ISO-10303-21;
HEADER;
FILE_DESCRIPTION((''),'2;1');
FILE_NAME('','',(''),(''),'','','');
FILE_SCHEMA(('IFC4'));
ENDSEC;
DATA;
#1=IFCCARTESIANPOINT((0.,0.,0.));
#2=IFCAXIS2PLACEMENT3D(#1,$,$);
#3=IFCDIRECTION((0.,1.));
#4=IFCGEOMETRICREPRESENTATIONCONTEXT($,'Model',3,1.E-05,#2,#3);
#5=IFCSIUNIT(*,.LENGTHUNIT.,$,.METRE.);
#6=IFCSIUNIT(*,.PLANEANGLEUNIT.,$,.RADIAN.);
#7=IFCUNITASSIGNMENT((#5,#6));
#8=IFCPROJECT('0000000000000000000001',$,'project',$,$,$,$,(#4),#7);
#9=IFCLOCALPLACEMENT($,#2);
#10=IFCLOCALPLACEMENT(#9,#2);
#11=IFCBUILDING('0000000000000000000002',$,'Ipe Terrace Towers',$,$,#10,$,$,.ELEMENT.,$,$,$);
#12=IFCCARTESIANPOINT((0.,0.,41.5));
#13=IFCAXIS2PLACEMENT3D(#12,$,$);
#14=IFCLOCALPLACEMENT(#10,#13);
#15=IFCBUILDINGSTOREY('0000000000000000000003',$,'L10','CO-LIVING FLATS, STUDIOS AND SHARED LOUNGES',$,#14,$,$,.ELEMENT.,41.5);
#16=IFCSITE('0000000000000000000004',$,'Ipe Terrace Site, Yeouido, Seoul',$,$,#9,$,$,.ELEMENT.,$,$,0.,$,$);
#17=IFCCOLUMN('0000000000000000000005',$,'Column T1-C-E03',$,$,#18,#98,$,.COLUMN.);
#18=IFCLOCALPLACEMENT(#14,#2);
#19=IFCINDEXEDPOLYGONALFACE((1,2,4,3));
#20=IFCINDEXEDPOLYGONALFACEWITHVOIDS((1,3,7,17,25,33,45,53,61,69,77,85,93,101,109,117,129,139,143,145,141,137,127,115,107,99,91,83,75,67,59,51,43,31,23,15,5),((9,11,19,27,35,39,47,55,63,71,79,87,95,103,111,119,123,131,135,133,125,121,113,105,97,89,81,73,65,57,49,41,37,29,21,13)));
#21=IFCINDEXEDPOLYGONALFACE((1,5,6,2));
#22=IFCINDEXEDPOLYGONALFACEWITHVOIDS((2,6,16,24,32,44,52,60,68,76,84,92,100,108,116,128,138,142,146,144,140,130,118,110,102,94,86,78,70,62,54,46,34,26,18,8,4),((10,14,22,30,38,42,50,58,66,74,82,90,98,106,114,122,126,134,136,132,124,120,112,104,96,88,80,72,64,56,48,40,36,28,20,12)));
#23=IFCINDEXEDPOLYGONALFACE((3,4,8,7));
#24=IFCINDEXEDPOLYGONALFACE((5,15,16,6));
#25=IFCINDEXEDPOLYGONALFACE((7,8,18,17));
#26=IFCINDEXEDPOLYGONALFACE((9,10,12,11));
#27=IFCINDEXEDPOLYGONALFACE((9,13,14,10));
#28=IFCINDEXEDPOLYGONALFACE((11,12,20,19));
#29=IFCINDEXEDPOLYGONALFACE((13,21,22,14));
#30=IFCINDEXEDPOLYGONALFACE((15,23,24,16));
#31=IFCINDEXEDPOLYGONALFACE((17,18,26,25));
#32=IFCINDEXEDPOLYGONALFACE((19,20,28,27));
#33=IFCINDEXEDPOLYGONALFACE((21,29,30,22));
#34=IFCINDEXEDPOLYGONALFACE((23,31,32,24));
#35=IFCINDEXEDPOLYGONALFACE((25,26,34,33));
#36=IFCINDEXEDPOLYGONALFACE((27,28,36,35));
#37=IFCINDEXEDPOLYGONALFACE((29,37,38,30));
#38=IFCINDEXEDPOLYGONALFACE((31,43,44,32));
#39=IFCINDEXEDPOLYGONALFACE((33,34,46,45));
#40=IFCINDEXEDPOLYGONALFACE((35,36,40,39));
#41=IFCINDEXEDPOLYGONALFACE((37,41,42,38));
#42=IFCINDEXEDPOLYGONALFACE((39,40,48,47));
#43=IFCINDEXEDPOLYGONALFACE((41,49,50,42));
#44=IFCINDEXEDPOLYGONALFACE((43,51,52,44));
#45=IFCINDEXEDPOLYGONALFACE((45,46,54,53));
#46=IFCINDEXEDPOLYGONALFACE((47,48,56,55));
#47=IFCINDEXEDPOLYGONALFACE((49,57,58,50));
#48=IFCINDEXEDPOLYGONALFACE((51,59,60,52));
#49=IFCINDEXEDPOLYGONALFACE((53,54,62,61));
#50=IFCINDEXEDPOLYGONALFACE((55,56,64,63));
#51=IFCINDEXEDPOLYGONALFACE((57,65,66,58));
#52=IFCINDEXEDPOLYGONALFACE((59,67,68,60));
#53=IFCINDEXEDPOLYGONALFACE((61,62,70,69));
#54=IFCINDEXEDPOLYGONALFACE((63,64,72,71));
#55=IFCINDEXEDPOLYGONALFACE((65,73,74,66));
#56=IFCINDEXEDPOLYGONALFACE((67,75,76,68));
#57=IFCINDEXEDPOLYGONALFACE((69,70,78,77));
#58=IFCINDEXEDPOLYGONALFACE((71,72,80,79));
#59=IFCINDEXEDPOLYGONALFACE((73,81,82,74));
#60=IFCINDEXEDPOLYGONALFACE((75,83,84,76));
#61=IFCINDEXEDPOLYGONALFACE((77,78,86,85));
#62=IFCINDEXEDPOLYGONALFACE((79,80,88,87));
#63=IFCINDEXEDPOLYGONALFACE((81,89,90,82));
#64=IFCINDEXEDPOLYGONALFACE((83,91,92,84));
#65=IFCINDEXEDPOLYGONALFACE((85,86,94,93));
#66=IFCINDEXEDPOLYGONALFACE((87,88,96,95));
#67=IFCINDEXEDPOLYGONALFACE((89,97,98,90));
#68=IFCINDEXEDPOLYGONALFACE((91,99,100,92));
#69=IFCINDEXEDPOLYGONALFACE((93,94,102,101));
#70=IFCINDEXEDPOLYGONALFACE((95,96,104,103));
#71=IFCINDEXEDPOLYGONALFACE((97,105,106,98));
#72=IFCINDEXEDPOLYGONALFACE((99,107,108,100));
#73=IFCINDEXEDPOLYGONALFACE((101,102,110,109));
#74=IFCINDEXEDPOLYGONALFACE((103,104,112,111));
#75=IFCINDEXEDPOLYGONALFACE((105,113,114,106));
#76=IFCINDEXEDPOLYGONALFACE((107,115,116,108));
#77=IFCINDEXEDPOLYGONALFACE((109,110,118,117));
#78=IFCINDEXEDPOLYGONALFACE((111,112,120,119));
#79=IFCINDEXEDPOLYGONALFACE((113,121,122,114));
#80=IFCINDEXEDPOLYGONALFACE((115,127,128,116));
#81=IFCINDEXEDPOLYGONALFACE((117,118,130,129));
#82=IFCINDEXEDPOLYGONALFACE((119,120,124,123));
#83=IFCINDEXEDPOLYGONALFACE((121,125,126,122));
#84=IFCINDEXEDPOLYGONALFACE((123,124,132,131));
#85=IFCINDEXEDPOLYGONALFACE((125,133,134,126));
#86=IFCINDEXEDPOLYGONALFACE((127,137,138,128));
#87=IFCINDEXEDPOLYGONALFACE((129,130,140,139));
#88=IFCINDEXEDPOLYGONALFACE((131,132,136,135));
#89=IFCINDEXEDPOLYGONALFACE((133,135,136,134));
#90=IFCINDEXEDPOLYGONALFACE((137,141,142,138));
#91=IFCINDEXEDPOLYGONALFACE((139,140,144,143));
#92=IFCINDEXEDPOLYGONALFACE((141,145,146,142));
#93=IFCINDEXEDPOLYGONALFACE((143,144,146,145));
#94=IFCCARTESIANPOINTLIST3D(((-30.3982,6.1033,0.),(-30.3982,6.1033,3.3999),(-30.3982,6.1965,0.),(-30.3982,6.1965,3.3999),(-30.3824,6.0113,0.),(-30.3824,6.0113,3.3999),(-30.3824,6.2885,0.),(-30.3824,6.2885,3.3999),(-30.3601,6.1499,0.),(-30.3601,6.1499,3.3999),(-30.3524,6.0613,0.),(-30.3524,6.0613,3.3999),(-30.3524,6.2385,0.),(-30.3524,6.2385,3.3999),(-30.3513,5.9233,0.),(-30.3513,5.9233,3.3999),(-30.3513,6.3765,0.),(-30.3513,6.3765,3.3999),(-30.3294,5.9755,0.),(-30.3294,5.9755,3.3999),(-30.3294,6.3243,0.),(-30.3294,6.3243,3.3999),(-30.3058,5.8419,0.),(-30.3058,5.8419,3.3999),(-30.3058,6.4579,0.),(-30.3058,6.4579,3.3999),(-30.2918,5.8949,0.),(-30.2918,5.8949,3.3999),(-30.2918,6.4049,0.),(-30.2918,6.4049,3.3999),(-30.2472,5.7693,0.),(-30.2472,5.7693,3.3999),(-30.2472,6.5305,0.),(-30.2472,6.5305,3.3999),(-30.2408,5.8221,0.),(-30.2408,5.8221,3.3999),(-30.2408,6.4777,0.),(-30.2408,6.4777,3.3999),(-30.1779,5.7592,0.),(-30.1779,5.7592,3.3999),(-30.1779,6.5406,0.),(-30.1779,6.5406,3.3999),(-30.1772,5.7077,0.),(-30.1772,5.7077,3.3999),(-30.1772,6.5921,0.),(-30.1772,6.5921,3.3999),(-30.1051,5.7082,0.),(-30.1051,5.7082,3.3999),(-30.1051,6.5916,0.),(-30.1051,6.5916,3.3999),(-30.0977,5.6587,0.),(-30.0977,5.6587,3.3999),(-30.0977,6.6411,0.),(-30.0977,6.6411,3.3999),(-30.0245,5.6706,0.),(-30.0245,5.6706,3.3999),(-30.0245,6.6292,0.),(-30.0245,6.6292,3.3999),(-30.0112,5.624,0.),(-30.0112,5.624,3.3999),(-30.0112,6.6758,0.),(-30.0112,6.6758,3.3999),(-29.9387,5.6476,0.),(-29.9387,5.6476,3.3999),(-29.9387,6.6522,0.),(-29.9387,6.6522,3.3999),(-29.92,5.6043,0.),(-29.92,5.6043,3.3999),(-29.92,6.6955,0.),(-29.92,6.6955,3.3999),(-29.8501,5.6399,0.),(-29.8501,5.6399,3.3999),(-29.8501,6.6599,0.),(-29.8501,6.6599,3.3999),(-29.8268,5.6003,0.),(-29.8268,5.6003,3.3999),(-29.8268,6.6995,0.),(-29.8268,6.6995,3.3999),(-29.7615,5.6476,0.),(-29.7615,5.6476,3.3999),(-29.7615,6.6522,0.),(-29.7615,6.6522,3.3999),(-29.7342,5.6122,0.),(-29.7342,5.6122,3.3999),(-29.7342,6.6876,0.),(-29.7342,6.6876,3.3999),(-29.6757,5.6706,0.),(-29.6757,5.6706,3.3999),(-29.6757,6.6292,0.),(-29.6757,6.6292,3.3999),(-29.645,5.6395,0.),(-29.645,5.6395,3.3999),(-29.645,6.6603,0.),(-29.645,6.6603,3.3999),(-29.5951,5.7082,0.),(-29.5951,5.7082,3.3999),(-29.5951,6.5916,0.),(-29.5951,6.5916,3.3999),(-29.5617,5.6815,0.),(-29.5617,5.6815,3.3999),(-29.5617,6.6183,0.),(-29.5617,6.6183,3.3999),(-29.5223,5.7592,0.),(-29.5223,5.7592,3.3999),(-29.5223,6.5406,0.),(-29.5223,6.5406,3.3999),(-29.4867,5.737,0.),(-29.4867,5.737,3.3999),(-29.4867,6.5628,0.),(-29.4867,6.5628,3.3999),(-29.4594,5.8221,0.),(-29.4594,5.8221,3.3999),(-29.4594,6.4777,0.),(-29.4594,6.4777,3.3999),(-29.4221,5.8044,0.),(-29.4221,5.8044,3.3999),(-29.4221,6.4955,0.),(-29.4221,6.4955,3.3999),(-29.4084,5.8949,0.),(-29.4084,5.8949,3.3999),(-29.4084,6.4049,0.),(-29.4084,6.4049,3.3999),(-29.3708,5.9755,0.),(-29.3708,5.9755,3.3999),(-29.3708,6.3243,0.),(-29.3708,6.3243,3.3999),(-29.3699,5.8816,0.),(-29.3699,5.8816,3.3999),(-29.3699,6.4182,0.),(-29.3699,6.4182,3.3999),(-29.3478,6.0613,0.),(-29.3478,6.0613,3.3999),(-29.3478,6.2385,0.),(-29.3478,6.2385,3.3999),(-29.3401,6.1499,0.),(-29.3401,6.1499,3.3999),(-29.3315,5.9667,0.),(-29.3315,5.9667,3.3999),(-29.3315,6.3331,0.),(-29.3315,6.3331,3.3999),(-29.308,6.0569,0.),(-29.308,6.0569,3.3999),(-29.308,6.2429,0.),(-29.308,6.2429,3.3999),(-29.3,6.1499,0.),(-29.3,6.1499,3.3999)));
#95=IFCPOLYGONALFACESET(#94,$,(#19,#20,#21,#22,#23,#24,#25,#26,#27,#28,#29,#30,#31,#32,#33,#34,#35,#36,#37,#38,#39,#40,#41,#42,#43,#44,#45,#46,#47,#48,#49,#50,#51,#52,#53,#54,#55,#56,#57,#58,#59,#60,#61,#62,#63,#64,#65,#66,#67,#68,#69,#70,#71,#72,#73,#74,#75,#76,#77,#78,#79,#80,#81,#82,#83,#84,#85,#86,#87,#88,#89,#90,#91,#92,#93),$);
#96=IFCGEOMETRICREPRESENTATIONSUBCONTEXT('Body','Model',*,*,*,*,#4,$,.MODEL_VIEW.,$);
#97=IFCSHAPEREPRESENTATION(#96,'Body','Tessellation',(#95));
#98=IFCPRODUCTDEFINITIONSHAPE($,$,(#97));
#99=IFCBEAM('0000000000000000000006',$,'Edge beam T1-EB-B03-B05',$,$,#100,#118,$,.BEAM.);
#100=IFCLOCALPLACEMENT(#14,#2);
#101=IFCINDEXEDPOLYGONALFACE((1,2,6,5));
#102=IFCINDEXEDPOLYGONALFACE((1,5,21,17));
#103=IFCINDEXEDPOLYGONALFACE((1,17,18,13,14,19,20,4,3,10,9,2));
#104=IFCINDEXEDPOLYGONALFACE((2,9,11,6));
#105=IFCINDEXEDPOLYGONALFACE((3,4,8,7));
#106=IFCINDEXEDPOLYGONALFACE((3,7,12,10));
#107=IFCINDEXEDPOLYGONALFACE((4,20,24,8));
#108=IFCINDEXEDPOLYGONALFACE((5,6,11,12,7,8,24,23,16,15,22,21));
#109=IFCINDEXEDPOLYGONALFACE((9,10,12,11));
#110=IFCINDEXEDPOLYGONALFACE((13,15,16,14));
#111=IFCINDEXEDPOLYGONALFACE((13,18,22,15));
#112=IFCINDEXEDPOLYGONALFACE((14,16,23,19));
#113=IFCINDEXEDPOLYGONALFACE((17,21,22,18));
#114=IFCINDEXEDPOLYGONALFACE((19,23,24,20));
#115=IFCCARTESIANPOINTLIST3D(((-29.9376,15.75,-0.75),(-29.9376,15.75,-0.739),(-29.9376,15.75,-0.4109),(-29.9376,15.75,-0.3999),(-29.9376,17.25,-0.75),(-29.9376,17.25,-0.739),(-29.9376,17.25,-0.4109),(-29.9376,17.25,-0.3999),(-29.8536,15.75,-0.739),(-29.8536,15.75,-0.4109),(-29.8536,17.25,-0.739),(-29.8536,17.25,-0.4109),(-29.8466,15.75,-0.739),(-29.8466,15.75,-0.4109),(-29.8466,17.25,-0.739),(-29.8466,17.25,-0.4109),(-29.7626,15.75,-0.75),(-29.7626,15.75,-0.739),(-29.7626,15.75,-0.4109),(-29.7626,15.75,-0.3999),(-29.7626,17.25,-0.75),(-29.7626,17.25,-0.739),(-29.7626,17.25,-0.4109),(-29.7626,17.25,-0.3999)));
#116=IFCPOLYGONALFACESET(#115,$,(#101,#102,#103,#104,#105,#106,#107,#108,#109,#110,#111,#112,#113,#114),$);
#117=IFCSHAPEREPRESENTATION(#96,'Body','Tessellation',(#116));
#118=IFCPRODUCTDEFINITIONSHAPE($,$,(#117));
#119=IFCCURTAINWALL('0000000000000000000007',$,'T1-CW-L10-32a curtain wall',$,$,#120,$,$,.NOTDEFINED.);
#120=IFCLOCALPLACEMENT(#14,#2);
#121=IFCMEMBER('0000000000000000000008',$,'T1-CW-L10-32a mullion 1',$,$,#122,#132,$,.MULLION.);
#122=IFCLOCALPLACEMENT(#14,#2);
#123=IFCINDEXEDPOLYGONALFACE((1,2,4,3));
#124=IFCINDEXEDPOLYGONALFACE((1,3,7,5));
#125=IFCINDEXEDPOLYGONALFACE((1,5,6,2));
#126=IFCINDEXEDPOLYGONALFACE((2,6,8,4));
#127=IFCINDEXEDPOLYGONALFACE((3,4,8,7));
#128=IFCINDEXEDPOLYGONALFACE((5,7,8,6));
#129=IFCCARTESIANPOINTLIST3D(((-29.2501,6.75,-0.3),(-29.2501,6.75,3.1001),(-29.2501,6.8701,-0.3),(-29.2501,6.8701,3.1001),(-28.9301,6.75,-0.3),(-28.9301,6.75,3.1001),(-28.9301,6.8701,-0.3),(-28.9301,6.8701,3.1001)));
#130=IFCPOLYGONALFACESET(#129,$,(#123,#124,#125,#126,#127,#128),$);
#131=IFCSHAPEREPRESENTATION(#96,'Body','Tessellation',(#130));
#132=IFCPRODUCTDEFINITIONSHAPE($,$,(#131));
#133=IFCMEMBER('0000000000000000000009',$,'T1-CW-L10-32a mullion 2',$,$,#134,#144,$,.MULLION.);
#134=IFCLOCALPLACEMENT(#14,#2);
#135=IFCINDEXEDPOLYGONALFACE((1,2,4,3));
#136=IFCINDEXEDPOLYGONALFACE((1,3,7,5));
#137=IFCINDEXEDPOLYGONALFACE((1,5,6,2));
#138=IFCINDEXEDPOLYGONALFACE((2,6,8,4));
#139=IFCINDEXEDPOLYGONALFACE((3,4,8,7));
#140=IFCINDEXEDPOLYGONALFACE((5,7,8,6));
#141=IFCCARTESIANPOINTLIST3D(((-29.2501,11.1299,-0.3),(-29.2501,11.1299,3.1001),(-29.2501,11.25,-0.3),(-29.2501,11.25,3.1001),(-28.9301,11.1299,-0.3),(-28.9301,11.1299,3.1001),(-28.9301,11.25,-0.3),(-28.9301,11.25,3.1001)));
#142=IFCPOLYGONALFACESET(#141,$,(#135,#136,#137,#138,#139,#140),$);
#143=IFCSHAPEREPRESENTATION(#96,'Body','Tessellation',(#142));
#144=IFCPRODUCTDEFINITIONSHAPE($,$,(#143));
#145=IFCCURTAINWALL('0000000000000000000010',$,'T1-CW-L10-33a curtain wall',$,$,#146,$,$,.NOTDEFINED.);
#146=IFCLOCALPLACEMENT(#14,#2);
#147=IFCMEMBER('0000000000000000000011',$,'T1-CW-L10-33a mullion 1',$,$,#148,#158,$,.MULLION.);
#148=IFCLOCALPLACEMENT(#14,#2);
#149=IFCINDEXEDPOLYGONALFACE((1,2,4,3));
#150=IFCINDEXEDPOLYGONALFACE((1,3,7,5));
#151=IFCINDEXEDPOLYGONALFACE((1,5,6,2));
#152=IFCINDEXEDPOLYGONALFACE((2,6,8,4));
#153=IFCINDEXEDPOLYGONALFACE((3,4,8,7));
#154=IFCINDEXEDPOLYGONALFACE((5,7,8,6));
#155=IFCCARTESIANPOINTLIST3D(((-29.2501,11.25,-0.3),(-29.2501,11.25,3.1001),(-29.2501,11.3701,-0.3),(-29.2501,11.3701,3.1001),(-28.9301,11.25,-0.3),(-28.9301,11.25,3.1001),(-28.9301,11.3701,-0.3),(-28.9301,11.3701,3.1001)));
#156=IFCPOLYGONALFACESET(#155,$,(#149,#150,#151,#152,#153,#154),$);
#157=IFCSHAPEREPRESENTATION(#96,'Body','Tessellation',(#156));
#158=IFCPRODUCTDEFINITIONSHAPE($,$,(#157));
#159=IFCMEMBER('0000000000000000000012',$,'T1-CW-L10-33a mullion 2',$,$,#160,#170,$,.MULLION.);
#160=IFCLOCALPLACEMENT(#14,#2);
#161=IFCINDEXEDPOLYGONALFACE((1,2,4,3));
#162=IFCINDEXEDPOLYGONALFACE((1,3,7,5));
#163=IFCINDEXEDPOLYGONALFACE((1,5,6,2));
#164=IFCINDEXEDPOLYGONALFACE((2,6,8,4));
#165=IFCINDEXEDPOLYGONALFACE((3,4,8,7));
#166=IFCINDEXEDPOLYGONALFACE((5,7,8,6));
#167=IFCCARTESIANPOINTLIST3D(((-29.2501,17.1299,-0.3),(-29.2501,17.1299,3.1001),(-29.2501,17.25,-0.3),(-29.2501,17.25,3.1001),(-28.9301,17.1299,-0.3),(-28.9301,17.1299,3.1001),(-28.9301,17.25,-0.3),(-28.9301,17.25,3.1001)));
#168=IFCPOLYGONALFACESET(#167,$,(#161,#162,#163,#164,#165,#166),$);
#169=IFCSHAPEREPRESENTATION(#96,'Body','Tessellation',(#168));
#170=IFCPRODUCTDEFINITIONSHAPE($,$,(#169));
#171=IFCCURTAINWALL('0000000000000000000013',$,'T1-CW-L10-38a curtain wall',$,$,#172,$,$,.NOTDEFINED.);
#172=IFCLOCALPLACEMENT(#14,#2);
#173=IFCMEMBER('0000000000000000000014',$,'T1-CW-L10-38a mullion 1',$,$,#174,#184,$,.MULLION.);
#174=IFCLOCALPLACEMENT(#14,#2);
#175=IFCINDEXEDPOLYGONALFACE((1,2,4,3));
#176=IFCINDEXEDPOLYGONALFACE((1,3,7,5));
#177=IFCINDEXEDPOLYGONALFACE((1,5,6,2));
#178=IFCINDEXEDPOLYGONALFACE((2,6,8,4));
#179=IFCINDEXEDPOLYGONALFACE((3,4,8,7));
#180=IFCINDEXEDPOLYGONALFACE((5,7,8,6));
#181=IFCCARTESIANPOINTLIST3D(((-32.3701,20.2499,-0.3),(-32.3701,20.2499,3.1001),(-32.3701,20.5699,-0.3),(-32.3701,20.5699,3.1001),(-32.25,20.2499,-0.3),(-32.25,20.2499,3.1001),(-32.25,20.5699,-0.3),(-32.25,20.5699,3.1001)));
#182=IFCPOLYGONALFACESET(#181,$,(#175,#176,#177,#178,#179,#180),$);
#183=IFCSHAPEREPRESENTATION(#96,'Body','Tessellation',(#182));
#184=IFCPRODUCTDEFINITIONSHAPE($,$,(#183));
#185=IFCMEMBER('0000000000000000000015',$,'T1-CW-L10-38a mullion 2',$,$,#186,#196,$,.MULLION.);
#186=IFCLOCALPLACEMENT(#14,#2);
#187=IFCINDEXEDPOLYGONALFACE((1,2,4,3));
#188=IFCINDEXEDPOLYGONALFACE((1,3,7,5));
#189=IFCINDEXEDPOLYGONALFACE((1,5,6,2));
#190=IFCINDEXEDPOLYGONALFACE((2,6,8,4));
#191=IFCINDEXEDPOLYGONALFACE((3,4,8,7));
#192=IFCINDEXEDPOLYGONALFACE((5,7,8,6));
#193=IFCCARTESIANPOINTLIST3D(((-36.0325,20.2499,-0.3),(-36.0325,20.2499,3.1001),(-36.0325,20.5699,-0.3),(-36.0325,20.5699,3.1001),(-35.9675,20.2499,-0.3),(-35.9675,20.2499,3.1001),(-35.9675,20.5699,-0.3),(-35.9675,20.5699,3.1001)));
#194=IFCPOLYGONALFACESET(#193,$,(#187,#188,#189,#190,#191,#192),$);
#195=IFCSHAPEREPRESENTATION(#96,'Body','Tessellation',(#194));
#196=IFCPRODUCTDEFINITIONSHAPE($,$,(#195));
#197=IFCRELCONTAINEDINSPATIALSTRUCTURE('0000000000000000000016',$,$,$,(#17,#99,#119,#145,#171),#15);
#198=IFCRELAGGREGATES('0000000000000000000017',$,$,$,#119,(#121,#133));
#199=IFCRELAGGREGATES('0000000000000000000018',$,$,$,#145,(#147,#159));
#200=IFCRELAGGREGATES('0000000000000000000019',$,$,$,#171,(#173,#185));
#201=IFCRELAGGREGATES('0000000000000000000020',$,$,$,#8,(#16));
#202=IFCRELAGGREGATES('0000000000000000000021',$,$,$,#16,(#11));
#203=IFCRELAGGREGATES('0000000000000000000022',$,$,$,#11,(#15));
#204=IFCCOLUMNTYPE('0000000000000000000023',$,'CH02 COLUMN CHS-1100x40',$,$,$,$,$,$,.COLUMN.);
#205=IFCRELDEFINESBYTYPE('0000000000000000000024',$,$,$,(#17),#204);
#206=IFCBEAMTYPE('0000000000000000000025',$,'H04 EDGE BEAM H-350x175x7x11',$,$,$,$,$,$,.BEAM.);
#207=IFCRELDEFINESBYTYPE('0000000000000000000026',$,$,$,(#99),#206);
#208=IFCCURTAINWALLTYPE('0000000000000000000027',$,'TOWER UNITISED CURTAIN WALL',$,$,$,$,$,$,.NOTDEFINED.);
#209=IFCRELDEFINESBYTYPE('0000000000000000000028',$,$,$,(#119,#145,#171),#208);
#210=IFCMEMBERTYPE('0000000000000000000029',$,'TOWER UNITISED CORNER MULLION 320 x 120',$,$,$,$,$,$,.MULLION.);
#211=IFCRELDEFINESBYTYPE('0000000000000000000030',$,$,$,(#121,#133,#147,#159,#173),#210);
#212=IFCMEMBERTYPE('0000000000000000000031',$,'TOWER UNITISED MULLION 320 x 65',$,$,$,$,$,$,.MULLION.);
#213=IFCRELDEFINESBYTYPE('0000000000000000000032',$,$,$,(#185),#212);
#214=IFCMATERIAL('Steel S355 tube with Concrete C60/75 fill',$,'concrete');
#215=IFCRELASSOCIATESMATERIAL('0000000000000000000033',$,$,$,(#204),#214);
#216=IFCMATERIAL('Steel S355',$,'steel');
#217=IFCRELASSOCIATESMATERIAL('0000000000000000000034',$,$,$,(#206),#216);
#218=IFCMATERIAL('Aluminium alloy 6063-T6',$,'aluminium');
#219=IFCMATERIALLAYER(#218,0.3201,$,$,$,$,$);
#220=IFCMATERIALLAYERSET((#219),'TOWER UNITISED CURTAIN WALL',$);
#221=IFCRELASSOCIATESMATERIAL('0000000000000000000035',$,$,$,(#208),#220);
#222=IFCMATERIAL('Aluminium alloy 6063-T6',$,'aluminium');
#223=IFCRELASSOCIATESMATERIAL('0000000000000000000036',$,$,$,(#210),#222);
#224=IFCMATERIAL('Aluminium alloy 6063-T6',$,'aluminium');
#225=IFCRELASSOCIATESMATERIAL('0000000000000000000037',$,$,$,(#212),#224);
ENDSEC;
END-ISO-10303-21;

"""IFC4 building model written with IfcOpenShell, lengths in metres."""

from ifc_helpers import new_model, si_unit, direction, frame, origin, origin_2d, place, context, subcontext, project, spatial, rectangle, hollow_circle, i_section, extrude, material, layer, layer_set, material_profile, profile_set, type_object, element, aggregate, save


model = new_model("IFC4")

# Units and contexts
model_context = context("Model", 3, precision=1e-05, world=origin(), true_north=direction((0.0, 1.0)))
body_context = subcontext(model_context, "Body", "Model", "MODEL_VIEW")
ifc_project = project(units=[si_unit("LENGTHUNIT", "METRE"), si_unit("PLANEANGLEUNIT", "RADIAN")], contexts=[model_context])

# Site, building, storey
site_placement = place(None, origin())
site = spatial("IfcSite", under=ifc_project, at=site_placement, Name="Ipe Terrace Site, Yeouido, Seoul", CompositionType="ELEMENT", RefElevation=0.0)
building_placement = place(site_placement, origin())
building = spatial("IfcBuilding", under=site, at=building_placement, Name="Ipe Terrace Towers", CompositionType="ELEMENT")
storey_placement = place(building_placement, frame((0.0, 0.0, 41.5)))
storey = spatial("IfcBuildingStorey", under=building, at=storey_placement, Name="L10", Description="CO-LIVING FLATS, STUDIOS AND SHARED LOUNGES", CompositionType="ELEMENT", Elevation=41.5)

# Column
ifc_material_1 = material(Name="Steel S355 tube with Concrete C60/75 fill", Category="concrete")
ifc_material_profile_1 = material_profile(ifc_material_1, hollow_circle(Radius=0.55, WallThickness=0.04, at=origin_2d()), Name="CHS-1100x40")
ifc_profile_set_1 = profile_set([ifc_material_profile_1], Name="Steel S355 tube with Concrete C60/75 fill")
column_type_1 = type_object("IfcColumnType", Name="CH02 COLUMN CHS-1100x40", PredefinedType="COLUMN", material=ifc_profile_set_1)
column_placement = place(storey_placement, frame((-29.8501, 6.1499, 0.0), z_axis=(0.0, 0.0, 1.0), x_axis=(1.0, 0.0, 0.0)))
element("IfcColumn", 1, at=column_placement, inside=storey, type_object=column_type_1, Name="Column T1-C-E03", PredefinedType="COLUMN", context=body_context, shape_type="SweptSolid", body=[
    extrude(hollow_circle(Radius=0.55, WallThickness=0.04, at=origin_2d()), origin(), (0.0, 0.0, 1.0), 3.3999),
])

# Beam
ifc_material_2 = material(Name="Steel S355", Category="steel")
ifc_material_profile_2 = material_profile(ifc_material_2, i_section(OverallWidth=0.175, OverallDepth=0.3501, WebThickness=0.0071, FlangeThickness=0.011, at=origin_2d()), Name="H-350x175x7x11")
ifc_profile_set_2 = profile_set([ifc_material_profile_2], Name="Steel S355")
beam_type = type_object("IfcBeamType", Name="H04 EDGE BEAM H-350x175x7x11", PredefinedType="BEAM", material=ifc_profile_set_2)
beam_placement = place(storey_placement, frame((-29.8501, 15.75, -0.575), z_axis=(0.0, 1.0, 0.0), x_axis=(-1.0, 0.0, 0.0)))
element("IfcBeam", 2, at=beam_placement, inside=storey, type_object=beam_type, Name="Edge beam T1-EB-B03-B05", PredefinedType="BEAM", context=body_context, shape_type="SweptSolid", body=[
    extrude(i_section(OverallWidth=0.175, OverallDepth=0.3501, WebThickness=0.0071, FlangeThickness=0.011, at=origin_2d()), origin(), (0.0, 0.0, 1.0), 1.5),
])

# Curtain walls, members
ifc_material_3 = material(Name="Aluminium alloy 6063-T6", Category="aluminium")
ifc_layer_1 = layer(ifc_material_3, 0.3201)
ifc_layer_set_1 = layer_set([ifc_layer_1], Name="TOWER UNITISED CURTAIN WALL")
curtain_wall_type = type_object("IfcCurtainWallType", Name="TOWER UNITISED CURTAIN WALL", PredefinedType="NOTDEFINED", material=ifc_layer_set_1)
curtain_wall_1_placement = place(storey_placement, origin())
curtain_wall_1 = element("IfcCurtainWall", 3, at=curtain_wall_1_placement, inside=storey, type_object=curtain_wall_type, Name="T1-CW-L10-32a curtain wall", PredefinedType="NOTDEFINED")
ifc_material_4 = material(Name="Aluminium alloy 6063-T6", Category="aluminium")
ifc_material_profile_3 = material_profile(ifc_material_4, rectangle(XDim=0.3201, YDim=0.1201, at=origin_2d()), Name="TOWER UNITISED CORNER MULLION 320 x 120")
ifc_profile_set_3 = profile_set([ifc_material_profile_3], Name="Aluminium alloy 6063-T6")
member_type_1 = type_object("IfcMemberType", Name="TOWER UNITISED CORNER MULLION 320 x 120", PredefinedType="MULLION", material=ifc_profile_set_3)
member_1_placement = place(storey_placement, frame((-29.0901, 6.8101, -0.3), z_axis=(0.0, 0.0, 1.0), x_axis=(1.0, 0.0, 0.0)))
member_1 = element("IfcMember", 4, at=member_1_placement, type_object=member_type_1, Name="T1-CW-L10-32a mullion 1", PredefinedType="MULLION", context=body_context, shape_type="SweptSolid", body=[
    extrude(rectangle(XDim=0.3201, YDim=0.1201, at=origin_2d()), origin(), (0.0, 0.0, 1.0), 3.4001),
])
member_2_placement = place(storey_placement, frame((-29.0901, 11.1899, -0.3), z_axis=(0.0, 0.0, 1.0), x_axis=(1.0, 0.0, 0.0)))
member_2 = element("IfcMember", 5, at=member_2_placement, type_object=member_type_1, Name="T1-CW-L10-32a mullion 2", PredefinedType="MULLION", context=body_context, shape_type="SweptSolid", body=[
    extrude(rectangle(XDim=0.3201, YDim=0.1201, at=origin_2d()), origin(), (0.0, 0.0, 1.0), 3.4001),
])
curtain_wall_2_placement = place(storey_placement, origin())
curtain_wall_2 = element("IfcCurtainWall", 6, at=curtain_wall_2_placement, inside=storey, type_object=curtain_wall_type, Name="T1-CW-L10-33a curtain wall", PredefinedType="NOTDEFINED")
member_3_placement = place(storey_placement, frame((-29.0901, 11.3101, -0.3), z_axis=(0.0, 0.0, 1.0), x_axis=(1.0, 0.0, 0.0)))
member_3 = element("IfcMember", 7, at=member_3_placement, type_object=member_type_1, Name="T1-CW-L10-33a mullion 1", PredefinedType="MULLION", context=body_context, shape_type="SweptSolid", body=[
    extrude(rectangle(XDim=0.3201, YDim=0.1201, at=origin_2d()), origin(), (0.0, 0.0, 1.0), 3.4001),
])
member_4_placement = place(storey_placement, frame((-29.0901, 17.1899, -0.3), z_axis=(0.0, 0.0, 1.0), x_axis=(1.0, 0.0, 0.0)))
member_4 = element("IfcMember", 8, at=member_4_placement, type_object=member_type_1, Name="T1-CW-L10-33a mullion 2", PredefinedType="MULLION", context=body_context, shape_type="SweptSolid", body=[
    extrude(rectangle(XDim=0.3201, YDim=0.1201, at=origin_2d()), origin(), (0.0, 0.0, 1.0), 3.4001),
])
curtain_wall_3_placement = place(storey_placement, origin())
curtain_wall_3 = element("IfcCurtainWall", 9, at=curtain_wall_3_placement, inside=storey, type_object=curtain_wall_type, Name="T1-CW-L10-38a curtain wall", PredefinedType="NOTDEFINED")
member_5_placement = place(storey_placement, frame((-32.3101, 20.4099, -0.3), z_axis=(0.0, 0.0, 1.0), x_axis=(0.0, 1.0, 0.0)))
member_5 = element("IfcMember", 10, at=member_5_placement, type_object=member_type_1, Name="T1-CW-L10-38a mullion 1", PredefinedType="MULLION", context=body_context, shape_type="SweptSolid", body=[
    extrude(rectangle(XDim=0.3201, YDim=0.1201, at=origin_2d()), origin(), (0.0, 0.0, 1.0), 3.4001),
])
ifc_material_5 = material(Name="Aluminium alloy 6063-T6", Category="aluminium")
ifc_material_profile_4 = material_profile(ifc_material_5, rectangle(XDim=0.3201, YDim=0.0649, at=origin_2d()), Name="TOWER UNITISED MULLION 320 x 65")
ifc_profile_set_4 = profile_set([ifc_material_profile_4], Name="Aluminium alloy 6063-T6")
member_type_2 = type_object("IfcMemberType", Name="TOWER UNITISED MULLION 320 x 65", PredefinedType="MULLION", material=ifc_profile_set_4)
member_6_placement = place(storey_placement, frame((-36.0, 20.4099, -0.3), z_axis=(0.0, 0.0, 1.0), x_axis=(0.0, 1.0, 0.0)))
member_6 = element("IfcMember", 11, at=member_6_placement, type_object=member_type_2, Name="T1-CW-L10-38a mullion 2", PredefinedType="MULLION", context=body_context, shape_type="SweptSolid", body=[
    extrude(rectangle(XDim=0.3201, YDim=0.0649, at=origin_2d()), origin(), (0.0, 0.0, 1.0), 3.4001),
])

aggregate(curtain_wall_1, [member_1, member_2])
aggregate(curtain_wall_2, [member_3, member_4])
aggregate(curtain_wall_3, [member_5, member_6])

save(model, "model.ifc")
